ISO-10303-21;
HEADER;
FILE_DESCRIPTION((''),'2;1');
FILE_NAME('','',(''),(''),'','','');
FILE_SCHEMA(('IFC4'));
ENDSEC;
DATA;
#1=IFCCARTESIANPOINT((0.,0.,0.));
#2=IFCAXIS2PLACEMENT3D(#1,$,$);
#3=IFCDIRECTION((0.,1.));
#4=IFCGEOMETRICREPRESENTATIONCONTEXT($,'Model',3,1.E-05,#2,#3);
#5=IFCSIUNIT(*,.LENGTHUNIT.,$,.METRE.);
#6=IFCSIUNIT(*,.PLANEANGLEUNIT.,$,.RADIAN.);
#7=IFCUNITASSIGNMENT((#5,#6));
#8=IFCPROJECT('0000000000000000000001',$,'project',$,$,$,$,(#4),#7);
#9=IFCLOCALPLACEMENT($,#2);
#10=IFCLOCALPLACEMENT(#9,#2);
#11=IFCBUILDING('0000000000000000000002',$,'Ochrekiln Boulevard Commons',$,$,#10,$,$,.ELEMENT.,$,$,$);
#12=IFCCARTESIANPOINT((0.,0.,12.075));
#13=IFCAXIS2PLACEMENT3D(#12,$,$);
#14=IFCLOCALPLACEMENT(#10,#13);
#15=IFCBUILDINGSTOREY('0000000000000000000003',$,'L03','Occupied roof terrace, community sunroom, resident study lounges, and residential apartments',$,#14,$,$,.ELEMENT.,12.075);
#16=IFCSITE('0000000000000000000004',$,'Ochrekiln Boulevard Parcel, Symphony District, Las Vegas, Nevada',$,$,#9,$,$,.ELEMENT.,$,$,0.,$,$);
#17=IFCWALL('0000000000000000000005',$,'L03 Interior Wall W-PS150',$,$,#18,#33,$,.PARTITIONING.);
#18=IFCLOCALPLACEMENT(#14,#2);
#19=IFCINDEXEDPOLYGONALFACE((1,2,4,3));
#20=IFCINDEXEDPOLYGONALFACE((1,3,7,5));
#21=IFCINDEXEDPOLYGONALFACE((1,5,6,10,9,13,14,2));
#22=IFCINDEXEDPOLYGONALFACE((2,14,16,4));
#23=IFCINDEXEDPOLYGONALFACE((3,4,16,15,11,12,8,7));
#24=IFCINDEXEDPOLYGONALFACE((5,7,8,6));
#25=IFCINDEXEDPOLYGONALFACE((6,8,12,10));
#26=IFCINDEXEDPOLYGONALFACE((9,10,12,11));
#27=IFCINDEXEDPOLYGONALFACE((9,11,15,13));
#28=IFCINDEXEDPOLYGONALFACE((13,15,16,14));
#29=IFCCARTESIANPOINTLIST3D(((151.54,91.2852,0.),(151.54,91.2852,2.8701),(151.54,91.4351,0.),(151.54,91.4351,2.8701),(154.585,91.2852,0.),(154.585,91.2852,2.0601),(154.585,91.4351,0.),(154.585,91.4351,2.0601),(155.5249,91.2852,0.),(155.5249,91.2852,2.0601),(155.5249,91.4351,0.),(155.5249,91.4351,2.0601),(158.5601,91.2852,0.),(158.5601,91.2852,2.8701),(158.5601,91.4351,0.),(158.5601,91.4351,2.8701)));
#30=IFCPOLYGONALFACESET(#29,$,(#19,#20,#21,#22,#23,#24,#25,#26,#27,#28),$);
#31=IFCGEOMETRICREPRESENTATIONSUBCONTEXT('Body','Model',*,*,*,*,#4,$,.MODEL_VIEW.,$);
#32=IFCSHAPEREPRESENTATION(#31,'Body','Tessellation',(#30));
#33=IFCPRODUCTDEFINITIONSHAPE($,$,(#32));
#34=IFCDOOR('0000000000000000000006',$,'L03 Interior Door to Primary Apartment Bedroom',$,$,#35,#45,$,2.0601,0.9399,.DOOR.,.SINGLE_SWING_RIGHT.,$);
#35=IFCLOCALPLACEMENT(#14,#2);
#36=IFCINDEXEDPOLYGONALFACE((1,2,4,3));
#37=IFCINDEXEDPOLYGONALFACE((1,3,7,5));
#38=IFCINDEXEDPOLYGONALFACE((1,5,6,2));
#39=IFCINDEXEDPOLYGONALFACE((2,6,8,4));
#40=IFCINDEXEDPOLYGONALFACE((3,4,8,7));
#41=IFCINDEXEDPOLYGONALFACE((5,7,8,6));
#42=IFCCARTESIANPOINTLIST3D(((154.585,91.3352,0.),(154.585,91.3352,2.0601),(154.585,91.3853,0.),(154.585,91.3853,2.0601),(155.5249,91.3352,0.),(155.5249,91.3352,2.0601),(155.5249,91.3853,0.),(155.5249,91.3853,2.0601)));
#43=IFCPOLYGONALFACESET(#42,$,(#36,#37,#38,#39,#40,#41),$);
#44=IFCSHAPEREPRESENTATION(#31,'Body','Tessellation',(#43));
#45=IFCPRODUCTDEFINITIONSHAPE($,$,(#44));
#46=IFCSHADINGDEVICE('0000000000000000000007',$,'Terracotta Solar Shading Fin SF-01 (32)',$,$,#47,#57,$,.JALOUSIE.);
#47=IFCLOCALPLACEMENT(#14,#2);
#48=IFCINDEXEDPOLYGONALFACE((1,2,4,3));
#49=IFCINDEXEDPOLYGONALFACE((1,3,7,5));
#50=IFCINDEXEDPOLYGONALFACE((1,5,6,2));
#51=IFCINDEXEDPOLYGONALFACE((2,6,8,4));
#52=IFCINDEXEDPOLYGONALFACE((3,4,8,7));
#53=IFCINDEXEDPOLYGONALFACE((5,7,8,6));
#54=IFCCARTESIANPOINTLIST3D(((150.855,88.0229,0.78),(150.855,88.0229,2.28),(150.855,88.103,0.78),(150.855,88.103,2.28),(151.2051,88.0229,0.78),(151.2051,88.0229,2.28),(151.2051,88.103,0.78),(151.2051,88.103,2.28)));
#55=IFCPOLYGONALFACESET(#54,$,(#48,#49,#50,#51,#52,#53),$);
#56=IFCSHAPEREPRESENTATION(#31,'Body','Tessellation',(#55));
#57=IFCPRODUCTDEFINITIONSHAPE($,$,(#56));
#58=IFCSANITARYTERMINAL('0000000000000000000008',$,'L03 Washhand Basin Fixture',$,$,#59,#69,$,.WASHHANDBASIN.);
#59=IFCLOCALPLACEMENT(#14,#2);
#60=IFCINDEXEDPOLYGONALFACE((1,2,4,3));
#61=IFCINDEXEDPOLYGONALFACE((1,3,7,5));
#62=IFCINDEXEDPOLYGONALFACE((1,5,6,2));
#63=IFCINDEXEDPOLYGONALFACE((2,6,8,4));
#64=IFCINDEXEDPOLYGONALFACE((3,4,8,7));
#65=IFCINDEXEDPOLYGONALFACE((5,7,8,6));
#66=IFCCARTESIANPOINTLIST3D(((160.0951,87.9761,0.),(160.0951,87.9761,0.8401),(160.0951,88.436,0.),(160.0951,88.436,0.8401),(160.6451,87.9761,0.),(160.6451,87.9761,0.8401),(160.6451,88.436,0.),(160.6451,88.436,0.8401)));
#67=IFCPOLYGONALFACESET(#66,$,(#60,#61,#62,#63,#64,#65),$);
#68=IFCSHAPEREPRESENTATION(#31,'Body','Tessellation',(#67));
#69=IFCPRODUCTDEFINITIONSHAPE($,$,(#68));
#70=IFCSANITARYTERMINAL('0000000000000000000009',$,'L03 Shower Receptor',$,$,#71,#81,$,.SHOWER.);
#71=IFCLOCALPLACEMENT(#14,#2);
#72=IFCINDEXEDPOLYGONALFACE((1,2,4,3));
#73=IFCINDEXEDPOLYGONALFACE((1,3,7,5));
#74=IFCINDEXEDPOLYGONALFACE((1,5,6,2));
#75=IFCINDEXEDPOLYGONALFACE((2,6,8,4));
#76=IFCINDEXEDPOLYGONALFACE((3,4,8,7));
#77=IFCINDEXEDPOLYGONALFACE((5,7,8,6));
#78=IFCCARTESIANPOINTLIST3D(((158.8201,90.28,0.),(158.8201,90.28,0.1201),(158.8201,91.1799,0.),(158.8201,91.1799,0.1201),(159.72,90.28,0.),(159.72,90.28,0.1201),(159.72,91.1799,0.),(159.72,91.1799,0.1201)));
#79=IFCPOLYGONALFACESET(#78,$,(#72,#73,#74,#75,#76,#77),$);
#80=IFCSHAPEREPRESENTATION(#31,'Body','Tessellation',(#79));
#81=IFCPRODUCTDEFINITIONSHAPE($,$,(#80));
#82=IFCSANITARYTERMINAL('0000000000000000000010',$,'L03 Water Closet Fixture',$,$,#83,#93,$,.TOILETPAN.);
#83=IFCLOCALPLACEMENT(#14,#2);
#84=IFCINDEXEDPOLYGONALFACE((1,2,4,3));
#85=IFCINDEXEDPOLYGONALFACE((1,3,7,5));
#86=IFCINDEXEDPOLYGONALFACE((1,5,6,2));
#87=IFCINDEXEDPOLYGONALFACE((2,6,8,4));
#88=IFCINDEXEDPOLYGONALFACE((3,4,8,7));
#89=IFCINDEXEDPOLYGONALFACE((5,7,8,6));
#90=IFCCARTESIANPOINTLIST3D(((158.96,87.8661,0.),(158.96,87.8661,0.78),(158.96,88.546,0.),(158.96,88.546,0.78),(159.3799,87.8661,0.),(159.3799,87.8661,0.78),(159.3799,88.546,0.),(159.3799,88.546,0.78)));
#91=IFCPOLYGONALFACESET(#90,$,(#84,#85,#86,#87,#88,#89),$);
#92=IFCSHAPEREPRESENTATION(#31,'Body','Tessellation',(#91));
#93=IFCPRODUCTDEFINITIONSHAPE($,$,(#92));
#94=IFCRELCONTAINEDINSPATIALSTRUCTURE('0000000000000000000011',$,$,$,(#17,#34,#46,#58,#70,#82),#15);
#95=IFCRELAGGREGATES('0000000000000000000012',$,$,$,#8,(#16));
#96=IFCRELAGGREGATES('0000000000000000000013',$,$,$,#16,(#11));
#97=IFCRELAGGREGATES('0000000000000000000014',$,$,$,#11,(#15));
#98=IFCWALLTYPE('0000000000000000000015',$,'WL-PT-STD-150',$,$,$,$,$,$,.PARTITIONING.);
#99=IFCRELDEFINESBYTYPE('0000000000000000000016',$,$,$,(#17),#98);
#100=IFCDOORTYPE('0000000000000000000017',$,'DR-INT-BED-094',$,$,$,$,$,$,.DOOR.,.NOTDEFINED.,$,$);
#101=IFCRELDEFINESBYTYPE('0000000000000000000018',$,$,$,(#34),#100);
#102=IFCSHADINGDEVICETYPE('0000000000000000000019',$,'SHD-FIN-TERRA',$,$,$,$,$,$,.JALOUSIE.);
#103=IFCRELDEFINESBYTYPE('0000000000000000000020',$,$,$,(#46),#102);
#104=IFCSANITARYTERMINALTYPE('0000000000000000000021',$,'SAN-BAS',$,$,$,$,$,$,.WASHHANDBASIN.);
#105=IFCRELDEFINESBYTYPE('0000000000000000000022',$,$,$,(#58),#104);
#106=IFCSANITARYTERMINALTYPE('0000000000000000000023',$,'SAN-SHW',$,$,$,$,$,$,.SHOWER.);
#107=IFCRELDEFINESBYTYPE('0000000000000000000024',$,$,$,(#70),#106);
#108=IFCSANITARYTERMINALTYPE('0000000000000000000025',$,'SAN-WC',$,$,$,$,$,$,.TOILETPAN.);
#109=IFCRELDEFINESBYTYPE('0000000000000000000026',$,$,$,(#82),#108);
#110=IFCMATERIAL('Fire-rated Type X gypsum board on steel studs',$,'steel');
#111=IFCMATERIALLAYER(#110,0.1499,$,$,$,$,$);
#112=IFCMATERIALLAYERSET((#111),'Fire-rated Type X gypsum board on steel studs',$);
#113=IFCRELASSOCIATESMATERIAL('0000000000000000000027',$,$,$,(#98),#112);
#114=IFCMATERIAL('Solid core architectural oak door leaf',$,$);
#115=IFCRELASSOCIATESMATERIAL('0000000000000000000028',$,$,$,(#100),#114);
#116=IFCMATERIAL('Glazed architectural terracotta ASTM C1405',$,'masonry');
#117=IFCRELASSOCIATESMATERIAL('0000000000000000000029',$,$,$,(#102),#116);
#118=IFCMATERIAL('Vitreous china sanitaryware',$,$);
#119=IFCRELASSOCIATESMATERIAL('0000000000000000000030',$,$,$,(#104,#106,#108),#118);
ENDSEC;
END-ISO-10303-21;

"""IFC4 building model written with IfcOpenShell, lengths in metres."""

from ifc_helpers import new_model, si_unit, direction, frame, frame_2d, origin, origin_2d, place, context, subcontext, project, spatial, rectangle, extrude, material, layer, layer_set, type_object, element, fill, save


model = new_model("IFC4")

# Units and contexts
model_context = context("Model", 3, precision=1e-05, world=origin(), true_north=direction((0.0, 1.0)))
body_context = subcontext(model_context, "Body", "Model", "MODEL_VIEW")
ifc_project = project(units=[si_unit("LENGTHUNIT", "METRE"), si_unit("PLANEANGLEUNIT", "RADIAN")], contexts=[model_context])

# Site, building, storey
site_placement = place(None, origin())
site = spatial("IfcSite", under=ifc_project, at=site_placement, Name="Ochrekiln Boulevard Parcel, Symphony District, Las Vegas, Nevada", CompositionType="ELEMENT", RefElevation=0.0)
building_placement = place(site_placement, origin())
building = spatial("IfcBuilding", under=site, at=building_placement, Name="Ochrekiln Boulevard Commons", CompositionType="ELEMENT")
storey_placement = place(building_placement, frame((0.0, 0.0, 12.075)))
storey = spatial("IfcBuildingStorey", under=building, at=storey_placement, Name="L03", Description="Occupied roof terrace, community sunroom, resident study lounges, and residential apartments", CompositionType="ELEMENT", Elevation=12.075)

# Shared definitions
ifc_material_1 = material(Name="Solid core architectural oak door leaf")

# Shared definitions
ifc_material_2 = material(Name="Fire-rated Type X gypsum board on steel studs", Category="steel")

# Wall, opening, door
ifc_layer_1 = layer(ifc_material_2, 0.1499)
ifc_layer_set_1 = layer_set([ifc_layer_1], Name="Fire-rated Type X gypsum board on steel studs")
wall_type_1 = type_object("IfcWallType", Name="WL-PT-STD-150", PredefinedType="PARTITIONING", material=ifc_layer_set_1)
wall_1_placement = place(storey_placement, frame((151.54, 91.3601, 0.0), z_axis=(0.0, 0.0, 1.0), x_axis=(1.0, 0.0, 0.0)))
wall_1 = element("IfcWall", 1, at=wall_1_placement, inside=storey, type_object=wall_type_1, Name="L03 Interior Wall W-PS150", PredefinedType="PARTITIONING", context=body_context, shape_type="SweptSolid", body=[
    extrude(rectangle(XDim=7.02, YDim=0.1499, at=frame_2d((3.51, 0.0))), origin(), (0.0, 0.0, 1.0), 2.8701),
])
opening_1_placement = place(wall_1_placement, frame((3.0449, 0.0, 0.0)))
opening_1 = element("IfcOpeningElement", 2, at=opening_1_placement, cuts=wall_1, PredefinedType="OPENING", context=body_context, shape_type="SweptSolid", body=[
    extrude(rectangle(XDim=0.9399, YDim=2.0601, at=frame_2d((0.47, 1.03))), frame((0.0, 0.085, 0.0), z_axis=(0.0, -1.0, 0.0), x_axis=(1.0, 0.0, 0.0)), (0.0, 0.0, 1.0), 0.1699),
])
door_type_1 = type_object("IfcDoorType", Name="DR-INT-BED-094", OperationType="NOTDEFINED", PredefinedType="DOOR", material=ifc_material_1)
door_1_placement = place(opening_1_placement, frame((0.9399, 0.0, 0.0), z_axis=(0.0, 0.0, 1.0), x_axis=(-1.0, 0.0, 0.0)))
door_1 = element("IfcDoor", 3, at=door_1_placement, inside=storey, type_object=door_type_1, Name="L03 Interior Door to Primary Apartment Bedroom", OperationType="SINGLE_SWING_RIGHT", OverallHeight=2.0601, OverallWidth=0.9399, PredefinedType="DOOR", context=body_context, shape_type="SweptSolid", body=[
    extrude(rectangle(XDim=0.9399, YDim=2.0601, at=frame_2d((0.47, 1.03))), frame((0.0, 0.0249, 0.0), z_axis=(0.0, -1.0, 0.0), x_axis=(1.0, 0.0, 0.0)), (0.0, 0.0, 1.0), 0.05),
])
fill(opening_1, door_1)

# Shading device
ifc_material_3 = material(Name="Glazed architectural terracotta ASTM C1405", Category="masonry")
shading_device_type = type_object("IfcShadingDeviceType", Name="SHD-FIN-TERRA", PredefinedType="JALOUSIE", material=ifc_material_3)
shading_device_placement = place(storey_placement, frame((151.03, 88.063, 0.78), z_axis=(0.0, 0.0, 1.0), x_axis=(1.0, 0.0, 0.0)))
element("IfcShadingDevice", 4, at=shading_device_placement, inside=storey, type_object=shading_device_type, Name="Terracotta Solar Shading Fin SF-01 (32)", PredefinedType="JALOUSIE", context=body_context, shape_type="SweptSolid", body=[
    extrude(rectangle(XDim=0.3501, YDim=0.0801, at=origin_2d()), origin(), (0.0, 0.0, 1.0), 1.5),
])

# Sanitary terminals
ifc_material_4 = material(Name="Vitreous china sanitaryware")
sanitary_terminal_type_1 = type_object("IfcSanitaryTerminalType", Name="SAN-BAS", PredefinedType="WASHHANDBASIN", material=ifc_material_4)
sanitary_terminal_1_placement = place(storey_placement, frame((160.3701, 88.2061, 0.0), z_axis=(0.0, 0.0, 1.0), x_axis=(1.0, 0.0, 0.0)))
element("IfcSanitaryTerminal", 5, at=sanitary_terminal_1_placement, inside=storey, type_object=sanitary_terminal_type_1, Name="L03 Washhand Basin Fixture", PredefinedType="WASHHANDBASIN", context=body_context, shape_type="SweptSolid", body=[
    extrude(rectangle(XDim=0.55, YDim=0.46, at=origin_2d()), origin(), (0.0, 0.0, 1.0), 0.8401),
])
sanitary_terminal_type_2 = type_object("IfcSanitaryTerminalType", Name="SAN-SHW", PredefinedType="SHOWER", material=ifc_material_4)
sanitary_terminal_2_placement = place(storey_placement, frame((159.27, 90.73, 0.0), z_axis=(0.0, 0.0, 1.0), x_axis=(1.0, 0.0, 0.0)))
element("IfcSanitaryTerminal", 6, at=sanitary_terminal_2_placement, inside=storey, type_object=sanitary_terminal_type_2, Name="L03 Shower Receptor", PredefinedType="SHOWER", context=body_context, shape_type="SweptSolid", body=[
    extrude(rectangle(XDim=0.8999, YDim=0.8999, at=origin_2d()), origin(), (0.0, 0.0, 1.0), 0.1201),
])
sanitary_terminal_type_3 = type_object("IfcSanitaryTerminalType", Name="SAN-WC", PredefinedType="TOILETPAN", material=ifc_material_4)
sanitary_terminal_3_placement = place(storey_placement, frame((159.1699, 88.2061, 0.0), z_axis=(0.0, 0.0, 1.0), x_axis=(1.0, 0.0, 0.0)))
element("IfcSanitaryTerminal", 7, at=sanitary_terminal_3_placement, inside=storey, type_object=sanitary_terminal_type_3, Name="L03 Water Closet Fixture", PredefinedType="TOILETPAN", context=body_context, shape_type="SweptSolid", body=[
    extrude(rectangle(XDim=0.4199, YDim=0.6799, at=origin_2d()), origin(), (0.0, 0.0, 1.0), 0.78),
])

save(model, "model.ifc")
